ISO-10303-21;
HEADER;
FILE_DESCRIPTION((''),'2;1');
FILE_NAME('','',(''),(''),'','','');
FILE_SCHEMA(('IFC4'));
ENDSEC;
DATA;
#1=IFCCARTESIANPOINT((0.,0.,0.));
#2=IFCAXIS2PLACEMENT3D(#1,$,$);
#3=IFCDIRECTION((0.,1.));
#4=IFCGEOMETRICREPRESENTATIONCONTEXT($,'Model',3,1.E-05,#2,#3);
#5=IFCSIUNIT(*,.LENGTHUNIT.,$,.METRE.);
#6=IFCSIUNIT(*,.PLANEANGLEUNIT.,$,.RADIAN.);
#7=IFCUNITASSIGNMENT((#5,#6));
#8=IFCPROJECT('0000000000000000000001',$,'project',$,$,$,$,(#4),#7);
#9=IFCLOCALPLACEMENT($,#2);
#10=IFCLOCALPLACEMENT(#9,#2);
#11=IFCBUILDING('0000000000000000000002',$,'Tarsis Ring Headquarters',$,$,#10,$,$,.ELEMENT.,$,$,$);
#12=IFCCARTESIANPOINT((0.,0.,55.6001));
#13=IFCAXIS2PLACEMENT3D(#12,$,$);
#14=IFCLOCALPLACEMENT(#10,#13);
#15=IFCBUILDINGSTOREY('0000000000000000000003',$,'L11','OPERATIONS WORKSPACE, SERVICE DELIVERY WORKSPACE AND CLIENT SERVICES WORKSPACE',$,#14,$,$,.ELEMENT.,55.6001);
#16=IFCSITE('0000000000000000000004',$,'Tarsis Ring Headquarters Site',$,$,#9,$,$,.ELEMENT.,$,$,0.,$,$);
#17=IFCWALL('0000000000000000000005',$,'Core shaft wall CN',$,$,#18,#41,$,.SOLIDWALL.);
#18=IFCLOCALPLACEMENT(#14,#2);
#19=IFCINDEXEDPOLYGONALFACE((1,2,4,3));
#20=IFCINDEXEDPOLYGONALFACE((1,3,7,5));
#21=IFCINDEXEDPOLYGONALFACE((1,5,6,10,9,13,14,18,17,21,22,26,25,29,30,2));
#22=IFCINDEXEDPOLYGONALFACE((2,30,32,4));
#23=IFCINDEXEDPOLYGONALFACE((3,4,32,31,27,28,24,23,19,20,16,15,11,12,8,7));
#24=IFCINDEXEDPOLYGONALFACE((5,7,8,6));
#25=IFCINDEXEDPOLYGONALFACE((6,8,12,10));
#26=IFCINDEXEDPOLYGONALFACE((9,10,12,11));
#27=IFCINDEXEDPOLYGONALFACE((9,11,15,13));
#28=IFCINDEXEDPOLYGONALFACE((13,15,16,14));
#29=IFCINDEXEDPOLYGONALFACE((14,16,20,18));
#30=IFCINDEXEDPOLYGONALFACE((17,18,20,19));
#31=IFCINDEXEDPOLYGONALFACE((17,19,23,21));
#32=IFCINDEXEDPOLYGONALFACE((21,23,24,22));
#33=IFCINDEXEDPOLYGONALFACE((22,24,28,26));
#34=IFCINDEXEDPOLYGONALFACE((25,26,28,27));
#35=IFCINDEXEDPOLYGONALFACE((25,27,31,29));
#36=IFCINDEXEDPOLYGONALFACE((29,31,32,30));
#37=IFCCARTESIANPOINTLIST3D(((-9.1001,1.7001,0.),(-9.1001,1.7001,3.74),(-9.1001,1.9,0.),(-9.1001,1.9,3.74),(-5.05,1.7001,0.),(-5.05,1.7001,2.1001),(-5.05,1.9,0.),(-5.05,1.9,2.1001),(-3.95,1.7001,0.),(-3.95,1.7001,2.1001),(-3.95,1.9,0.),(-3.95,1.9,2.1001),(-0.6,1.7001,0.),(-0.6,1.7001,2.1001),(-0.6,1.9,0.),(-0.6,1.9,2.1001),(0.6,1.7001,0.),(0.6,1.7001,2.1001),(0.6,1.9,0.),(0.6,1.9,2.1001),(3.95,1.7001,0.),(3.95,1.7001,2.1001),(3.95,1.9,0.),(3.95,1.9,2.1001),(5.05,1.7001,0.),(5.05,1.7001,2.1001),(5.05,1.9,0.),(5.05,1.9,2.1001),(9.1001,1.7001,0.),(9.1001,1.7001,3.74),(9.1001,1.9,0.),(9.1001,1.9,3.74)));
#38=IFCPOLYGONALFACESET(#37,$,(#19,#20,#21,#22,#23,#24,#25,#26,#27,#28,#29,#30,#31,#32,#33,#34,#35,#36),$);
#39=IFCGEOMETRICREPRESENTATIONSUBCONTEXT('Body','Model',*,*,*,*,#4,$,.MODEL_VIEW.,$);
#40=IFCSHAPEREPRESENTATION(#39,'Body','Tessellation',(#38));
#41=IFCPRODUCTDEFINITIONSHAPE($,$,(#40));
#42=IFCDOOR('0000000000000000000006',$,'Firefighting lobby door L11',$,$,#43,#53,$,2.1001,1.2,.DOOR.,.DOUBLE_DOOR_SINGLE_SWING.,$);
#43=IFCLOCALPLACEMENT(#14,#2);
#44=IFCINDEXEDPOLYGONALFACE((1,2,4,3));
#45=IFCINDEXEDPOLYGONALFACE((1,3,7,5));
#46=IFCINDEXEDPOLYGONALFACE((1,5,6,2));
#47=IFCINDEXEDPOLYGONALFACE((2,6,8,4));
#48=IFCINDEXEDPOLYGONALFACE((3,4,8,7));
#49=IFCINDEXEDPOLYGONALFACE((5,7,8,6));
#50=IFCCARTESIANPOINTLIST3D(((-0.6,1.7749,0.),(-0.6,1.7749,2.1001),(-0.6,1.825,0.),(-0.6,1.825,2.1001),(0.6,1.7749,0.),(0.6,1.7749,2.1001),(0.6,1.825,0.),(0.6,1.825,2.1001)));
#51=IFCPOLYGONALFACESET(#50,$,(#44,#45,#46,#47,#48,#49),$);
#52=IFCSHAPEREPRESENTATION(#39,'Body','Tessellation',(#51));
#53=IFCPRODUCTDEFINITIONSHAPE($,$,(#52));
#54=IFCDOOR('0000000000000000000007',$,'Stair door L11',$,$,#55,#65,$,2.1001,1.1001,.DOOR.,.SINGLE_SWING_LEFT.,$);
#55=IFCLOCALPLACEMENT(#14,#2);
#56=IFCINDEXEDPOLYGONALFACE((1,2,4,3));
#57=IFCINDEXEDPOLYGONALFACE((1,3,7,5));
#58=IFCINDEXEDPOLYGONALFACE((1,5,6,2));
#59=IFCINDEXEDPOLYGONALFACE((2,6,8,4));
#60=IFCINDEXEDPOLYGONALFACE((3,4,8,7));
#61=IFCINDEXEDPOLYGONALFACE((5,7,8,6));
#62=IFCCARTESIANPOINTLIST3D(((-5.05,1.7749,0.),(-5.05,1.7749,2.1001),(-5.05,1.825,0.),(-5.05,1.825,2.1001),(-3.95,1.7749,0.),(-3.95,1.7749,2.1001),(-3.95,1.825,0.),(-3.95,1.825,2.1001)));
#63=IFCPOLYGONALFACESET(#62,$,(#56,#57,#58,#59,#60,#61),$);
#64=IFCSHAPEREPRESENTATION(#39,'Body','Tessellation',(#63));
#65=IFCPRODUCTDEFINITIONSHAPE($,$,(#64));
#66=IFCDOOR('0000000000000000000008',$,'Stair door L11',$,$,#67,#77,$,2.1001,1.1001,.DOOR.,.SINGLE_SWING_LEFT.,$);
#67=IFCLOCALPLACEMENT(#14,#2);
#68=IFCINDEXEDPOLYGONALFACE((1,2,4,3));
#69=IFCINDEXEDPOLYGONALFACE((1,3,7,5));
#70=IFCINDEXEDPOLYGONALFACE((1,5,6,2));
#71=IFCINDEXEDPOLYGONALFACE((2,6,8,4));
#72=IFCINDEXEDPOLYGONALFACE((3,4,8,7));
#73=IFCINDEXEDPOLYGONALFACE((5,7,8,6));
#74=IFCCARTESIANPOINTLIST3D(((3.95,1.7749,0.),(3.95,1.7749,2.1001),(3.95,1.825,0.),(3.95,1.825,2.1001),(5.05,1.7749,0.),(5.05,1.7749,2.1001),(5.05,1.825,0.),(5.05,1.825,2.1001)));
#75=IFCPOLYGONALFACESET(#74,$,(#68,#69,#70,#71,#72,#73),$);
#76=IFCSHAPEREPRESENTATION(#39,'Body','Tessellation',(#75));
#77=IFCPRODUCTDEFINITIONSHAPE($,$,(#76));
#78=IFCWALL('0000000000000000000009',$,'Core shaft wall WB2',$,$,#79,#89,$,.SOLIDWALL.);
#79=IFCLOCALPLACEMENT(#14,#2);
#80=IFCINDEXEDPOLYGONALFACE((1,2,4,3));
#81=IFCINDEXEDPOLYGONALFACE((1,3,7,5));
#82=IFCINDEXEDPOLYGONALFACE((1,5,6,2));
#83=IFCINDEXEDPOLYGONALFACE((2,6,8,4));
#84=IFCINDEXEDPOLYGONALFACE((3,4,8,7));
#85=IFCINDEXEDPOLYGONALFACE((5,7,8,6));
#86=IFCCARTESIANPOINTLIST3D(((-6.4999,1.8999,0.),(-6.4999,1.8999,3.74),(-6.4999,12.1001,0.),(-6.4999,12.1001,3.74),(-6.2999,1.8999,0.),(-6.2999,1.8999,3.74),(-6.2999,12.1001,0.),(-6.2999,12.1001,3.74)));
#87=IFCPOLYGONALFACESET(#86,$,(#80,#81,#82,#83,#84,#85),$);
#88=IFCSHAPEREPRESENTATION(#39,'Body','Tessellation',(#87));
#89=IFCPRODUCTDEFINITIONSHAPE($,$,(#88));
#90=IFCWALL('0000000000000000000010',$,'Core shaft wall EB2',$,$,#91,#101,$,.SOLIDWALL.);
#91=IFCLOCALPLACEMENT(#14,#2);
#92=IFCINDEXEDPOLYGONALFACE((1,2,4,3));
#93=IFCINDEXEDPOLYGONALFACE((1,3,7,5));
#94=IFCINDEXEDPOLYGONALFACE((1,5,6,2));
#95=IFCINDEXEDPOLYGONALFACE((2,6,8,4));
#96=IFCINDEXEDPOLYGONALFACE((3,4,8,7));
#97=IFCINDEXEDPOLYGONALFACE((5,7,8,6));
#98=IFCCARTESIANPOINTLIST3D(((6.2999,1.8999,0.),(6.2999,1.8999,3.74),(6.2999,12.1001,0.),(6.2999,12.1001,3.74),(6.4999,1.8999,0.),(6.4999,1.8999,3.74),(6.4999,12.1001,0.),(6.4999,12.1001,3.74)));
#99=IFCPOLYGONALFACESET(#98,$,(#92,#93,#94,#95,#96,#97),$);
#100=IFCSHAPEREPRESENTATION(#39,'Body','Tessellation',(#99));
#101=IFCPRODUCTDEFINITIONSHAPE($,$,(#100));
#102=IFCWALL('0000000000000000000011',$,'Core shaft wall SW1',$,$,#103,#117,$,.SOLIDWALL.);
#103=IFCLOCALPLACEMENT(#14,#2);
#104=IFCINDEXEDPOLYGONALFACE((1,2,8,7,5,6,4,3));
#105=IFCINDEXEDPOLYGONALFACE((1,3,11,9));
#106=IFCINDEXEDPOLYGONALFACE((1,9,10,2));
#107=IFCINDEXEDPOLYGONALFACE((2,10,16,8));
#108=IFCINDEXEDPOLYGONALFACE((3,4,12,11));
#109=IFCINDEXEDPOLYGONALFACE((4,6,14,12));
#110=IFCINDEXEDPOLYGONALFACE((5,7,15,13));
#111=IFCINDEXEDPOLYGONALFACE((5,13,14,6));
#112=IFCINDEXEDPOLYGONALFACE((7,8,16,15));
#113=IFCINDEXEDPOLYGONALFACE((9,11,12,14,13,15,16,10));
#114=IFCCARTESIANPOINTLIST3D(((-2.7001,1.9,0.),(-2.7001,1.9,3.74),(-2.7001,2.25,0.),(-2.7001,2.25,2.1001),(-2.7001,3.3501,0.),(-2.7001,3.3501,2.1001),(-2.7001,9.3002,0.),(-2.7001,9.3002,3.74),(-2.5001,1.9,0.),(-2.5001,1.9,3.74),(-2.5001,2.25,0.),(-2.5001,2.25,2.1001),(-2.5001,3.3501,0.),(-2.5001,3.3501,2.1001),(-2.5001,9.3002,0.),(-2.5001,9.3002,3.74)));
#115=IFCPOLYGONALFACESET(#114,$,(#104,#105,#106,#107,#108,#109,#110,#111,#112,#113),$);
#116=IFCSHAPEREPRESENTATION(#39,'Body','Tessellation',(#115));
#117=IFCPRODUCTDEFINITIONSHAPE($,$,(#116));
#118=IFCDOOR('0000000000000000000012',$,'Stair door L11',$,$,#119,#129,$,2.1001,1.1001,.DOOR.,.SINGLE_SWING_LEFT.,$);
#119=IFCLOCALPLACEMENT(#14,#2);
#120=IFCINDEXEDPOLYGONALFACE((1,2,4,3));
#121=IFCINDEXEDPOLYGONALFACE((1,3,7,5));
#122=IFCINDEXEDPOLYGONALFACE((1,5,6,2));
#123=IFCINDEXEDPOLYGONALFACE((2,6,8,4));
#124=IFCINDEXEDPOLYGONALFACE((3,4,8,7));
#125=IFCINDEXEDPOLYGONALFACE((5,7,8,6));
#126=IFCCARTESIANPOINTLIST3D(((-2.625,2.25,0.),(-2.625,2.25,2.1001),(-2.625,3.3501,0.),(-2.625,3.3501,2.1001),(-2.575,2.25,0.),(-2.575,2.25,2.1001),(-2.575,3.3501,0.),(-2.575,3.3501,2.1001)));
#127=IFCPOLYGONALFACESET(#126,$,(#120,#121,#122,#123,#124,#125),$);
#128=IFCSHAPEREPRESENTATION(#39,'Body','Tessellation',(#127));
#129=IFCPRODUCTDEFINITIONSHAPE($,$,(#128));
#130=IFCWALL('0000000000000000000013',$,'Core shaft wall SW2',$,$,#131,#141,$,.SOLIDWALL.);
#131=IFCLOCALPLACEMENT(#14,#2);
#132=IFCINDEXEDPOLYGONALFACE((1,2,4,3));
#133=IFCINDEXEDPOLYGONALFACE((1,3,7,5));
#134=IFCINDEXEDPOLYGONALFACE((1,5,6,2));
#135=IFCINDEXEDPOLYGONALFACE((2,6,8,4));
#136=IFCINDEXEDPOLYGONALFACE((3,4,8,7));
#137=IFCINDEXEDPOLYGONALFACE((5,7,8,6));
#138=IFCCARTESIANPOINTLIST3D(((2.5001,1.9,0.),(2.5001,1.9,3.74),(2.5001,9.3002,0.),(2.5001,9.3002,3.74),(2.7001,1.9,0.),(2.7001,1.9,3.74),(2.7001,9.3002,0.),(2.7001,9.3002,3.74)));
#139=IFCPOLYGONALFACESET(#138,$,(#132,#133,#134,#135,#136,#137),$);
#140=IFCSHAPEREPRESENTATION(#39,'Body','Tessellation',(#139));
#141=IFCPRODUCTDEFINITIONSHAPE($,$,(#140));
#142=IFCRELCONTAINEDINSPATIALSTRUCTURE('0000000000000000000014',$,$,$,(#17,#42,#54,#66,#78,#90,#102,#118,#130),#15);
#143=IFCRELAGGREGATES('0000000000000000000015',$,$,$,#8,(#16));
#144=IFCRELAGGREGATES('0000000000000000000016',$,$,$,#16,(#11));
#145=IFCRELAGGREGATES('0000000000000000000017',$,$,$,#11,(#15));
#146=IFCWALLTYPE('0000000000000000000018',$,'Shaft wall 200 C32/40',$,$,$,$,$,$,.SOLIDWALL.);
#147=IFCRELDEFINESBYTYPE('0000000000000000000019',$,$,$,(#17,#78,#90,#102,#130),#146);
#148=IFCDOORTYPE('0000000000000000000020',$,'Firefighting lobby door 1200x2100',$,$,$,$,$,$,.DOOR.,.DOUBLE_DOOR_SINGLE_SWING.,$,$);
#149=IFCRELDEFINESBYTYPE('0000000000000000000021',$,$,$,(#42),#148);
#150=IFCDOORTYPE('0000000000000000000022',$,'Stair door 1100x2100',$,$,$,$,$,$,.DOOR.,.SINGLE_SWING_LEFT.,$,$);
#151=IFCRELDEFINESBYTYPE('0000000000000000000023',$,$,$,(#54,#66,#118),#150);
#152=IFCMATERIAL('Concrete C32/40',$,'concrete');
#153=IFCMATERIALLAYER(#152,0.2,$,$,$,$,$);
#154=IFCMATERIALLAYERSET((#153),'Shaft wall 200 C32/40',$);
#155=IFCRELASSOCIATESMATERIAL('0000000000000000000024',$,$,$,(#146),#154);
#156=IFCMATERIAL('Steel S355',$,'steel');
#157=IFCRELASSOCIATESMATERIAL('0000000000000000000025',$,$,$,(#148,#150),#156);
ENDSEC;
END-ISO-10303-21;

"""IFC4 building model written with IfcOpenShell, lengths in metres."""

from ifc_helpers import new_model, si_unit, direction, frame, frame_2d, origin, place, context, subcontext, project, spatial, rectangle, extrude, material, layer, layer_set, type_object, element, fill, save


model = new_model("IFC4")

# Units and contexts
model_context = context("Model", 3, precision=1e-05, world=origin(), true_north=direction((0.0, 1.0)))
body_context = subcontext(model_context, "Body", "Model", "MODEL_VIEW")
ifc_project = project(units=[si_unit("LENGTHUNIT", "METRE"), si_unit("PLANEANGLEUNIT", "RADIAN")], contexts=[model_context])

# Site, building, storey
site_placement = place(None, origin())
site = spatial("IfcSite", under=ifc_project, at=site_placement, Name="Tarsis Ring Headquarters Site", CompositionType="ELEMENT", RefElevation=0.0)
building_placement = place(site_placement, origin())
building = spatial("IfcBuilding", under=site, at=building_placement, Name="Tarsis Ring Headquarters", CompositionType="ELEMENT")
storey_placement = place(building_placement, frame((0.0, 0.0, 55.6001)))
storey = spatial("IfcBuildingStorey", under=building, at=storey_placement, Name="L11", Description="OPERATIONS WORKSPACE, SERVICE DELIVERY WORKSPACE AND CLIENT SERVICES WORKSPACE", CompositionType="ELEMENT", Elevation=55.6001)

# Wall, openings, doors
ifc_material_1 = material(Name="Concrete C32/40", Category="concrete")
ifc_layer_1 = layer(ifc_material_1, 0.2)
ifc_layer_set_1 = layer_set([ifc_layer_1], Name="Shaft wall 200 C32/40")
wall_type_1 = type_object("IfcWallType", Name="Shaft wall 200 C32/40", PredefinedType="SOLIDWALL", material=ifc_layer_set_1)
wall_1_placement = place(storey_placement, frame((-9.1001, 1.8, 0.0), z_axis=(0.0, 0.0, 1.0), x_axis=(1.0, 0.0, 0.0)))
wall_1 = element("IfcWall", 1, at=wall_1_placement, inside=storey, type_object=wall_type_1, Name="Core shaft wall CN", PredefinedType="SOLIDWALL", context=body_context, shape_type="SweptSolid", body=[
    extrude(rectangle(XDim=18.2002, YDim=0.2, at=frame_2d((9.1001, 0.0))), origin(), (0.0, 0.0, 1.0), 3.74),
])
opening_1_placement = place(wall_1_placement, frame((4.05, 0.0, 0.0)))
opening_1 = element("IfcOpeningElement", 2, at=opening_1_placement, cuts=wall_1, PredefinedType="OPENING", context=body_context, shape_type="SweptSolid", body=[
    extrude(rectangle(XDim=1.1001, YDim=2.1001, at=frame_2d((0.55, 1.05))), frame((0.0, 0.1099, 0.0), z_axis=(0.0, -1.0, 0.0), x_axis=(1.0, 0.0, 0.0)), (0.0, 0.0, 1.0), 0.22),
])
opening_2_placement = place(wall_1_placement, frame((8.5, 0.0, 0.0)))
opening_2 = element("IfcOpeningElement", 3, at=opening_2_placement, cuts=wall_1, PredefinedType="OPENING", context=body_context, shape_type="SweptSolid", body=[
    extrude(rectangle(XDim=1.2, YDim=2.1001, at=frame_2d((0.6001, 1.05))), frame((0.0, 0.1099, 0.0), z_axis=(0.0, -1.0, 0.0), x_axis=(1.0, 0.0, 0.0)), (0.0, 0.0, 1.0), 0.22),
])
opening_3_placement = place(wall_1_placement, frame((13.05, 0.0, 0.0)))
opening_3 = element("IfcOpeningElement", 4, at=opening_3_placement, cuts=wall_1, PredefinedType="OPENING", context=body_context, shape_type="SweptSolid", body=[
    extrude(rectangle(XDim=1.1001, YDim=2.1001, at=frame_2d((0.55, 1.05))), frame((0.0, 0.1099, 0.0), z_axis=(0.0, -1.0, 0.0), x_axis=(1.0, 0.0, 0.0)), (0.0, 0.0, 1.0), 0.22),
])
ifc_material_2 = material(Name="Steel S355", Category="steel")
door_type_1 = type_object("IfcDoorType", Name="Firefighting lobby door 1200x2100", OperationType="DOUBLE_DOOR_SINGLE_SWING", PredefinedType="DOOR", material=ifc_material_2)
door_1_placement = place(opening_2_placement, origin())
door_1 = element("IfcDoor", 5, at=door_1_placement, inside=storey, type_object=door_type_1, Name="Firefighting lobby door L11", OperationType="DOUBLE_DOOR_SINGLE_SWING", OverallHeight=2.1001, OverallWidth=1.2, PredefinedType="DOOR", context=body_context, shape_type="SweptSolid", body=[
    extrude(rectangle(XDim=1.2, YDim=2.1001, at=frame_2d((0.6001, 1.05))), frame((0.0, 0.0249, 0.0), z_axis=(0.0, -1.0, 0.0), x_axis=(1.0, 0.0, 0.0)), (0.0, 0.0, 1.0), 0.05),
])
fill(opening_2, door_1)
door_type_2 = type_object("IfcDoorType", Name="Stair door 1100x2100", OperationType="SINGLE_SWING_LEFT", PredefinedType="DOOR", material=ifc_material_2)
door_2_placement = place(opening_1_placement, origin())
door_2 = element("IfcDoor", 6, at=door_2_placement, inside=storey, type_object=door_type_2, Name="Stair door L11", OperationType="SINGLE_SWING_LEFT", OverallHeight=2.1001, OverallWidth=1.1001, PredefinedType="DOOR", context=body_context, shape_type="SweptSolid", body=[
    extrude(rectangle(XDim=1.1001, YDim=2.1001, at=frame_2d((0.55, 1.05))), frame((0.0, 0.0249, 0.0), z_axis=(0.0, -1.0, 0.0), x_axis=(1.0, 0.0, 0.0)), (0.0, 0.0, 1.0), 0.05),
])
fill(opening_1, door_2)
door_3_placement = place(opening_3_placement, origin())
door_3 = element("IfcDoor", 7, at=door_3_placement, inside=storey, type_object=door_type_2, Name="Stair door L11", OperationType="SINGLE_SWING_LEFT", OverallHeight=2.1001, OverallWidth=1.1001, PredefinedType="DOOR", context=body_context, shape_type="SweptSolid", body=[
    extrude(rectangle(XDim=1.1001, YDim=2.1001, at=frame_2d((0.55, 1.05))), frame((0.0, 0.0249, 0.0), z_axis=(0.0, -1.0, 0.0), x_axis=(1.0, 0.0, 0.0)), (0.0, 0.0, 1.0), 0.05),
])
fill(opening_3, door_3)

# Walls
for number, where, z_axis, x_axis, name in (
    (8, (-6.3999, 1.8999, 0.0), (0.0, 0.0, 1.0), (0.0, 1.0, 0.0), "Core shaft wall WB2"),
    (9, (6.3999, 1.8999, 0.0), (0.0, 0.0, 1.0), (0.0, 1.0, 0.0), "Core shaft wall EB2"),
):
    element("IfcWall", number, at=place(storey_placement, frame(where, z_axis=z_axis, x_axis=x_axis)), inside=storey, type_object=wall_type_1, Name=name, PredefinedType="SOLIDWALL", context=body_context, shape_type="SweptSolid", body=[
        extrude(rectangle(XDim=10.2002, YDim=0.2, at=frame_2d((5.1001, 0.0))), origin(), (0.0, 0.0, 1.0), 3.74),
    ])

# Wall, opening, door
wall_2_placement = place(storey_placement, frame((-2.6001, 1.8999, 0.0), z_axis=(0.0, 0.0, 1.0), x_axis=(0.0, 1.0, 0.0)))
wall_2 = element("IfcWall", 10, at=wall_2_placement, inside=storey, type_object=wall_type_1, Name="Core shaft wall SW1", PredefinedType="SOLIDWALL", context=body_context, shape_type="SweptSolid", body=[
    extrude(rectangle(XDim=7.4001, YDim=0.2, at=frame_2d((3.7002, 0.0))), origin(), (0.0, 0.0, 1.0), 3.74),
])
opening_4_placement = place(wall_2_placement, frame((0.3501, 0.0, 0.0)))
opening_4 = element("IfcOpeningElement", 11, at=opening_4_placement, cuts=wall_2, PredefinedType="OPENING", context=body_context, shape_type="SweptSolid", body=[
    extrude(rectangle(XDim=1.1001, YDim=2.1001, at=frame_2d((0.55, 1.05))), frame((0.0, 0.1099, 0.0), z_axis=(0.0, -1.0, 0.0), x_axis=(1.0, 0.0, 0.0)), (0.0, 0.0, 1.0), 0.22),
])
door_4_placement = place(opening_4_placement, origin())
door_4 = element("IfcDoor", 12, at=door_4_placement, inside=storey, type_object=door_type_2, Name="Stair door L11", OperationType="SINGLE_SWING_LEFT", OverallHeight=2.1001, OverallWidth=1.1001, PredefinedType="DOOR", context=body_context, shape_type="SweptSolid", body=[
    extrude(rectangle(XDim=1.1001, YDim=2.1001, at=frame_2d((0.55, 1.05))), frame((0.0, 0.0249, 0.0), z_axis=(0.0, -1.0, 0.0), x_axis=(1.0, 0.0, 0.0)), (0.0, 0.0, 1.0), 0.05),
])
fill(opening_4, door_4)

# Wall
wall_3_placement = place(storey_placement, frame((2.6001, 1.8999, 0.0), z_axis=(0.0, 0.0, 1.0), x_axis=(0.0, 1.0, 0.0)))
element("IfcWall", 13, at=wall_3_placement, inside=storey, type_object=wall_type_1, Name="Core shaft wall SW2", PredefinedType="SOLIDWALL", context=body_context, shape_type="SweptSolid", body=[
    extrude(rectangle(XDim=7.4001, YDim=0.2, at=frame_2d((3.7002, 0.0))), origin(), (0.0, 0.0, 1.0), 3.74),
])

save(model, "model.ifc")
